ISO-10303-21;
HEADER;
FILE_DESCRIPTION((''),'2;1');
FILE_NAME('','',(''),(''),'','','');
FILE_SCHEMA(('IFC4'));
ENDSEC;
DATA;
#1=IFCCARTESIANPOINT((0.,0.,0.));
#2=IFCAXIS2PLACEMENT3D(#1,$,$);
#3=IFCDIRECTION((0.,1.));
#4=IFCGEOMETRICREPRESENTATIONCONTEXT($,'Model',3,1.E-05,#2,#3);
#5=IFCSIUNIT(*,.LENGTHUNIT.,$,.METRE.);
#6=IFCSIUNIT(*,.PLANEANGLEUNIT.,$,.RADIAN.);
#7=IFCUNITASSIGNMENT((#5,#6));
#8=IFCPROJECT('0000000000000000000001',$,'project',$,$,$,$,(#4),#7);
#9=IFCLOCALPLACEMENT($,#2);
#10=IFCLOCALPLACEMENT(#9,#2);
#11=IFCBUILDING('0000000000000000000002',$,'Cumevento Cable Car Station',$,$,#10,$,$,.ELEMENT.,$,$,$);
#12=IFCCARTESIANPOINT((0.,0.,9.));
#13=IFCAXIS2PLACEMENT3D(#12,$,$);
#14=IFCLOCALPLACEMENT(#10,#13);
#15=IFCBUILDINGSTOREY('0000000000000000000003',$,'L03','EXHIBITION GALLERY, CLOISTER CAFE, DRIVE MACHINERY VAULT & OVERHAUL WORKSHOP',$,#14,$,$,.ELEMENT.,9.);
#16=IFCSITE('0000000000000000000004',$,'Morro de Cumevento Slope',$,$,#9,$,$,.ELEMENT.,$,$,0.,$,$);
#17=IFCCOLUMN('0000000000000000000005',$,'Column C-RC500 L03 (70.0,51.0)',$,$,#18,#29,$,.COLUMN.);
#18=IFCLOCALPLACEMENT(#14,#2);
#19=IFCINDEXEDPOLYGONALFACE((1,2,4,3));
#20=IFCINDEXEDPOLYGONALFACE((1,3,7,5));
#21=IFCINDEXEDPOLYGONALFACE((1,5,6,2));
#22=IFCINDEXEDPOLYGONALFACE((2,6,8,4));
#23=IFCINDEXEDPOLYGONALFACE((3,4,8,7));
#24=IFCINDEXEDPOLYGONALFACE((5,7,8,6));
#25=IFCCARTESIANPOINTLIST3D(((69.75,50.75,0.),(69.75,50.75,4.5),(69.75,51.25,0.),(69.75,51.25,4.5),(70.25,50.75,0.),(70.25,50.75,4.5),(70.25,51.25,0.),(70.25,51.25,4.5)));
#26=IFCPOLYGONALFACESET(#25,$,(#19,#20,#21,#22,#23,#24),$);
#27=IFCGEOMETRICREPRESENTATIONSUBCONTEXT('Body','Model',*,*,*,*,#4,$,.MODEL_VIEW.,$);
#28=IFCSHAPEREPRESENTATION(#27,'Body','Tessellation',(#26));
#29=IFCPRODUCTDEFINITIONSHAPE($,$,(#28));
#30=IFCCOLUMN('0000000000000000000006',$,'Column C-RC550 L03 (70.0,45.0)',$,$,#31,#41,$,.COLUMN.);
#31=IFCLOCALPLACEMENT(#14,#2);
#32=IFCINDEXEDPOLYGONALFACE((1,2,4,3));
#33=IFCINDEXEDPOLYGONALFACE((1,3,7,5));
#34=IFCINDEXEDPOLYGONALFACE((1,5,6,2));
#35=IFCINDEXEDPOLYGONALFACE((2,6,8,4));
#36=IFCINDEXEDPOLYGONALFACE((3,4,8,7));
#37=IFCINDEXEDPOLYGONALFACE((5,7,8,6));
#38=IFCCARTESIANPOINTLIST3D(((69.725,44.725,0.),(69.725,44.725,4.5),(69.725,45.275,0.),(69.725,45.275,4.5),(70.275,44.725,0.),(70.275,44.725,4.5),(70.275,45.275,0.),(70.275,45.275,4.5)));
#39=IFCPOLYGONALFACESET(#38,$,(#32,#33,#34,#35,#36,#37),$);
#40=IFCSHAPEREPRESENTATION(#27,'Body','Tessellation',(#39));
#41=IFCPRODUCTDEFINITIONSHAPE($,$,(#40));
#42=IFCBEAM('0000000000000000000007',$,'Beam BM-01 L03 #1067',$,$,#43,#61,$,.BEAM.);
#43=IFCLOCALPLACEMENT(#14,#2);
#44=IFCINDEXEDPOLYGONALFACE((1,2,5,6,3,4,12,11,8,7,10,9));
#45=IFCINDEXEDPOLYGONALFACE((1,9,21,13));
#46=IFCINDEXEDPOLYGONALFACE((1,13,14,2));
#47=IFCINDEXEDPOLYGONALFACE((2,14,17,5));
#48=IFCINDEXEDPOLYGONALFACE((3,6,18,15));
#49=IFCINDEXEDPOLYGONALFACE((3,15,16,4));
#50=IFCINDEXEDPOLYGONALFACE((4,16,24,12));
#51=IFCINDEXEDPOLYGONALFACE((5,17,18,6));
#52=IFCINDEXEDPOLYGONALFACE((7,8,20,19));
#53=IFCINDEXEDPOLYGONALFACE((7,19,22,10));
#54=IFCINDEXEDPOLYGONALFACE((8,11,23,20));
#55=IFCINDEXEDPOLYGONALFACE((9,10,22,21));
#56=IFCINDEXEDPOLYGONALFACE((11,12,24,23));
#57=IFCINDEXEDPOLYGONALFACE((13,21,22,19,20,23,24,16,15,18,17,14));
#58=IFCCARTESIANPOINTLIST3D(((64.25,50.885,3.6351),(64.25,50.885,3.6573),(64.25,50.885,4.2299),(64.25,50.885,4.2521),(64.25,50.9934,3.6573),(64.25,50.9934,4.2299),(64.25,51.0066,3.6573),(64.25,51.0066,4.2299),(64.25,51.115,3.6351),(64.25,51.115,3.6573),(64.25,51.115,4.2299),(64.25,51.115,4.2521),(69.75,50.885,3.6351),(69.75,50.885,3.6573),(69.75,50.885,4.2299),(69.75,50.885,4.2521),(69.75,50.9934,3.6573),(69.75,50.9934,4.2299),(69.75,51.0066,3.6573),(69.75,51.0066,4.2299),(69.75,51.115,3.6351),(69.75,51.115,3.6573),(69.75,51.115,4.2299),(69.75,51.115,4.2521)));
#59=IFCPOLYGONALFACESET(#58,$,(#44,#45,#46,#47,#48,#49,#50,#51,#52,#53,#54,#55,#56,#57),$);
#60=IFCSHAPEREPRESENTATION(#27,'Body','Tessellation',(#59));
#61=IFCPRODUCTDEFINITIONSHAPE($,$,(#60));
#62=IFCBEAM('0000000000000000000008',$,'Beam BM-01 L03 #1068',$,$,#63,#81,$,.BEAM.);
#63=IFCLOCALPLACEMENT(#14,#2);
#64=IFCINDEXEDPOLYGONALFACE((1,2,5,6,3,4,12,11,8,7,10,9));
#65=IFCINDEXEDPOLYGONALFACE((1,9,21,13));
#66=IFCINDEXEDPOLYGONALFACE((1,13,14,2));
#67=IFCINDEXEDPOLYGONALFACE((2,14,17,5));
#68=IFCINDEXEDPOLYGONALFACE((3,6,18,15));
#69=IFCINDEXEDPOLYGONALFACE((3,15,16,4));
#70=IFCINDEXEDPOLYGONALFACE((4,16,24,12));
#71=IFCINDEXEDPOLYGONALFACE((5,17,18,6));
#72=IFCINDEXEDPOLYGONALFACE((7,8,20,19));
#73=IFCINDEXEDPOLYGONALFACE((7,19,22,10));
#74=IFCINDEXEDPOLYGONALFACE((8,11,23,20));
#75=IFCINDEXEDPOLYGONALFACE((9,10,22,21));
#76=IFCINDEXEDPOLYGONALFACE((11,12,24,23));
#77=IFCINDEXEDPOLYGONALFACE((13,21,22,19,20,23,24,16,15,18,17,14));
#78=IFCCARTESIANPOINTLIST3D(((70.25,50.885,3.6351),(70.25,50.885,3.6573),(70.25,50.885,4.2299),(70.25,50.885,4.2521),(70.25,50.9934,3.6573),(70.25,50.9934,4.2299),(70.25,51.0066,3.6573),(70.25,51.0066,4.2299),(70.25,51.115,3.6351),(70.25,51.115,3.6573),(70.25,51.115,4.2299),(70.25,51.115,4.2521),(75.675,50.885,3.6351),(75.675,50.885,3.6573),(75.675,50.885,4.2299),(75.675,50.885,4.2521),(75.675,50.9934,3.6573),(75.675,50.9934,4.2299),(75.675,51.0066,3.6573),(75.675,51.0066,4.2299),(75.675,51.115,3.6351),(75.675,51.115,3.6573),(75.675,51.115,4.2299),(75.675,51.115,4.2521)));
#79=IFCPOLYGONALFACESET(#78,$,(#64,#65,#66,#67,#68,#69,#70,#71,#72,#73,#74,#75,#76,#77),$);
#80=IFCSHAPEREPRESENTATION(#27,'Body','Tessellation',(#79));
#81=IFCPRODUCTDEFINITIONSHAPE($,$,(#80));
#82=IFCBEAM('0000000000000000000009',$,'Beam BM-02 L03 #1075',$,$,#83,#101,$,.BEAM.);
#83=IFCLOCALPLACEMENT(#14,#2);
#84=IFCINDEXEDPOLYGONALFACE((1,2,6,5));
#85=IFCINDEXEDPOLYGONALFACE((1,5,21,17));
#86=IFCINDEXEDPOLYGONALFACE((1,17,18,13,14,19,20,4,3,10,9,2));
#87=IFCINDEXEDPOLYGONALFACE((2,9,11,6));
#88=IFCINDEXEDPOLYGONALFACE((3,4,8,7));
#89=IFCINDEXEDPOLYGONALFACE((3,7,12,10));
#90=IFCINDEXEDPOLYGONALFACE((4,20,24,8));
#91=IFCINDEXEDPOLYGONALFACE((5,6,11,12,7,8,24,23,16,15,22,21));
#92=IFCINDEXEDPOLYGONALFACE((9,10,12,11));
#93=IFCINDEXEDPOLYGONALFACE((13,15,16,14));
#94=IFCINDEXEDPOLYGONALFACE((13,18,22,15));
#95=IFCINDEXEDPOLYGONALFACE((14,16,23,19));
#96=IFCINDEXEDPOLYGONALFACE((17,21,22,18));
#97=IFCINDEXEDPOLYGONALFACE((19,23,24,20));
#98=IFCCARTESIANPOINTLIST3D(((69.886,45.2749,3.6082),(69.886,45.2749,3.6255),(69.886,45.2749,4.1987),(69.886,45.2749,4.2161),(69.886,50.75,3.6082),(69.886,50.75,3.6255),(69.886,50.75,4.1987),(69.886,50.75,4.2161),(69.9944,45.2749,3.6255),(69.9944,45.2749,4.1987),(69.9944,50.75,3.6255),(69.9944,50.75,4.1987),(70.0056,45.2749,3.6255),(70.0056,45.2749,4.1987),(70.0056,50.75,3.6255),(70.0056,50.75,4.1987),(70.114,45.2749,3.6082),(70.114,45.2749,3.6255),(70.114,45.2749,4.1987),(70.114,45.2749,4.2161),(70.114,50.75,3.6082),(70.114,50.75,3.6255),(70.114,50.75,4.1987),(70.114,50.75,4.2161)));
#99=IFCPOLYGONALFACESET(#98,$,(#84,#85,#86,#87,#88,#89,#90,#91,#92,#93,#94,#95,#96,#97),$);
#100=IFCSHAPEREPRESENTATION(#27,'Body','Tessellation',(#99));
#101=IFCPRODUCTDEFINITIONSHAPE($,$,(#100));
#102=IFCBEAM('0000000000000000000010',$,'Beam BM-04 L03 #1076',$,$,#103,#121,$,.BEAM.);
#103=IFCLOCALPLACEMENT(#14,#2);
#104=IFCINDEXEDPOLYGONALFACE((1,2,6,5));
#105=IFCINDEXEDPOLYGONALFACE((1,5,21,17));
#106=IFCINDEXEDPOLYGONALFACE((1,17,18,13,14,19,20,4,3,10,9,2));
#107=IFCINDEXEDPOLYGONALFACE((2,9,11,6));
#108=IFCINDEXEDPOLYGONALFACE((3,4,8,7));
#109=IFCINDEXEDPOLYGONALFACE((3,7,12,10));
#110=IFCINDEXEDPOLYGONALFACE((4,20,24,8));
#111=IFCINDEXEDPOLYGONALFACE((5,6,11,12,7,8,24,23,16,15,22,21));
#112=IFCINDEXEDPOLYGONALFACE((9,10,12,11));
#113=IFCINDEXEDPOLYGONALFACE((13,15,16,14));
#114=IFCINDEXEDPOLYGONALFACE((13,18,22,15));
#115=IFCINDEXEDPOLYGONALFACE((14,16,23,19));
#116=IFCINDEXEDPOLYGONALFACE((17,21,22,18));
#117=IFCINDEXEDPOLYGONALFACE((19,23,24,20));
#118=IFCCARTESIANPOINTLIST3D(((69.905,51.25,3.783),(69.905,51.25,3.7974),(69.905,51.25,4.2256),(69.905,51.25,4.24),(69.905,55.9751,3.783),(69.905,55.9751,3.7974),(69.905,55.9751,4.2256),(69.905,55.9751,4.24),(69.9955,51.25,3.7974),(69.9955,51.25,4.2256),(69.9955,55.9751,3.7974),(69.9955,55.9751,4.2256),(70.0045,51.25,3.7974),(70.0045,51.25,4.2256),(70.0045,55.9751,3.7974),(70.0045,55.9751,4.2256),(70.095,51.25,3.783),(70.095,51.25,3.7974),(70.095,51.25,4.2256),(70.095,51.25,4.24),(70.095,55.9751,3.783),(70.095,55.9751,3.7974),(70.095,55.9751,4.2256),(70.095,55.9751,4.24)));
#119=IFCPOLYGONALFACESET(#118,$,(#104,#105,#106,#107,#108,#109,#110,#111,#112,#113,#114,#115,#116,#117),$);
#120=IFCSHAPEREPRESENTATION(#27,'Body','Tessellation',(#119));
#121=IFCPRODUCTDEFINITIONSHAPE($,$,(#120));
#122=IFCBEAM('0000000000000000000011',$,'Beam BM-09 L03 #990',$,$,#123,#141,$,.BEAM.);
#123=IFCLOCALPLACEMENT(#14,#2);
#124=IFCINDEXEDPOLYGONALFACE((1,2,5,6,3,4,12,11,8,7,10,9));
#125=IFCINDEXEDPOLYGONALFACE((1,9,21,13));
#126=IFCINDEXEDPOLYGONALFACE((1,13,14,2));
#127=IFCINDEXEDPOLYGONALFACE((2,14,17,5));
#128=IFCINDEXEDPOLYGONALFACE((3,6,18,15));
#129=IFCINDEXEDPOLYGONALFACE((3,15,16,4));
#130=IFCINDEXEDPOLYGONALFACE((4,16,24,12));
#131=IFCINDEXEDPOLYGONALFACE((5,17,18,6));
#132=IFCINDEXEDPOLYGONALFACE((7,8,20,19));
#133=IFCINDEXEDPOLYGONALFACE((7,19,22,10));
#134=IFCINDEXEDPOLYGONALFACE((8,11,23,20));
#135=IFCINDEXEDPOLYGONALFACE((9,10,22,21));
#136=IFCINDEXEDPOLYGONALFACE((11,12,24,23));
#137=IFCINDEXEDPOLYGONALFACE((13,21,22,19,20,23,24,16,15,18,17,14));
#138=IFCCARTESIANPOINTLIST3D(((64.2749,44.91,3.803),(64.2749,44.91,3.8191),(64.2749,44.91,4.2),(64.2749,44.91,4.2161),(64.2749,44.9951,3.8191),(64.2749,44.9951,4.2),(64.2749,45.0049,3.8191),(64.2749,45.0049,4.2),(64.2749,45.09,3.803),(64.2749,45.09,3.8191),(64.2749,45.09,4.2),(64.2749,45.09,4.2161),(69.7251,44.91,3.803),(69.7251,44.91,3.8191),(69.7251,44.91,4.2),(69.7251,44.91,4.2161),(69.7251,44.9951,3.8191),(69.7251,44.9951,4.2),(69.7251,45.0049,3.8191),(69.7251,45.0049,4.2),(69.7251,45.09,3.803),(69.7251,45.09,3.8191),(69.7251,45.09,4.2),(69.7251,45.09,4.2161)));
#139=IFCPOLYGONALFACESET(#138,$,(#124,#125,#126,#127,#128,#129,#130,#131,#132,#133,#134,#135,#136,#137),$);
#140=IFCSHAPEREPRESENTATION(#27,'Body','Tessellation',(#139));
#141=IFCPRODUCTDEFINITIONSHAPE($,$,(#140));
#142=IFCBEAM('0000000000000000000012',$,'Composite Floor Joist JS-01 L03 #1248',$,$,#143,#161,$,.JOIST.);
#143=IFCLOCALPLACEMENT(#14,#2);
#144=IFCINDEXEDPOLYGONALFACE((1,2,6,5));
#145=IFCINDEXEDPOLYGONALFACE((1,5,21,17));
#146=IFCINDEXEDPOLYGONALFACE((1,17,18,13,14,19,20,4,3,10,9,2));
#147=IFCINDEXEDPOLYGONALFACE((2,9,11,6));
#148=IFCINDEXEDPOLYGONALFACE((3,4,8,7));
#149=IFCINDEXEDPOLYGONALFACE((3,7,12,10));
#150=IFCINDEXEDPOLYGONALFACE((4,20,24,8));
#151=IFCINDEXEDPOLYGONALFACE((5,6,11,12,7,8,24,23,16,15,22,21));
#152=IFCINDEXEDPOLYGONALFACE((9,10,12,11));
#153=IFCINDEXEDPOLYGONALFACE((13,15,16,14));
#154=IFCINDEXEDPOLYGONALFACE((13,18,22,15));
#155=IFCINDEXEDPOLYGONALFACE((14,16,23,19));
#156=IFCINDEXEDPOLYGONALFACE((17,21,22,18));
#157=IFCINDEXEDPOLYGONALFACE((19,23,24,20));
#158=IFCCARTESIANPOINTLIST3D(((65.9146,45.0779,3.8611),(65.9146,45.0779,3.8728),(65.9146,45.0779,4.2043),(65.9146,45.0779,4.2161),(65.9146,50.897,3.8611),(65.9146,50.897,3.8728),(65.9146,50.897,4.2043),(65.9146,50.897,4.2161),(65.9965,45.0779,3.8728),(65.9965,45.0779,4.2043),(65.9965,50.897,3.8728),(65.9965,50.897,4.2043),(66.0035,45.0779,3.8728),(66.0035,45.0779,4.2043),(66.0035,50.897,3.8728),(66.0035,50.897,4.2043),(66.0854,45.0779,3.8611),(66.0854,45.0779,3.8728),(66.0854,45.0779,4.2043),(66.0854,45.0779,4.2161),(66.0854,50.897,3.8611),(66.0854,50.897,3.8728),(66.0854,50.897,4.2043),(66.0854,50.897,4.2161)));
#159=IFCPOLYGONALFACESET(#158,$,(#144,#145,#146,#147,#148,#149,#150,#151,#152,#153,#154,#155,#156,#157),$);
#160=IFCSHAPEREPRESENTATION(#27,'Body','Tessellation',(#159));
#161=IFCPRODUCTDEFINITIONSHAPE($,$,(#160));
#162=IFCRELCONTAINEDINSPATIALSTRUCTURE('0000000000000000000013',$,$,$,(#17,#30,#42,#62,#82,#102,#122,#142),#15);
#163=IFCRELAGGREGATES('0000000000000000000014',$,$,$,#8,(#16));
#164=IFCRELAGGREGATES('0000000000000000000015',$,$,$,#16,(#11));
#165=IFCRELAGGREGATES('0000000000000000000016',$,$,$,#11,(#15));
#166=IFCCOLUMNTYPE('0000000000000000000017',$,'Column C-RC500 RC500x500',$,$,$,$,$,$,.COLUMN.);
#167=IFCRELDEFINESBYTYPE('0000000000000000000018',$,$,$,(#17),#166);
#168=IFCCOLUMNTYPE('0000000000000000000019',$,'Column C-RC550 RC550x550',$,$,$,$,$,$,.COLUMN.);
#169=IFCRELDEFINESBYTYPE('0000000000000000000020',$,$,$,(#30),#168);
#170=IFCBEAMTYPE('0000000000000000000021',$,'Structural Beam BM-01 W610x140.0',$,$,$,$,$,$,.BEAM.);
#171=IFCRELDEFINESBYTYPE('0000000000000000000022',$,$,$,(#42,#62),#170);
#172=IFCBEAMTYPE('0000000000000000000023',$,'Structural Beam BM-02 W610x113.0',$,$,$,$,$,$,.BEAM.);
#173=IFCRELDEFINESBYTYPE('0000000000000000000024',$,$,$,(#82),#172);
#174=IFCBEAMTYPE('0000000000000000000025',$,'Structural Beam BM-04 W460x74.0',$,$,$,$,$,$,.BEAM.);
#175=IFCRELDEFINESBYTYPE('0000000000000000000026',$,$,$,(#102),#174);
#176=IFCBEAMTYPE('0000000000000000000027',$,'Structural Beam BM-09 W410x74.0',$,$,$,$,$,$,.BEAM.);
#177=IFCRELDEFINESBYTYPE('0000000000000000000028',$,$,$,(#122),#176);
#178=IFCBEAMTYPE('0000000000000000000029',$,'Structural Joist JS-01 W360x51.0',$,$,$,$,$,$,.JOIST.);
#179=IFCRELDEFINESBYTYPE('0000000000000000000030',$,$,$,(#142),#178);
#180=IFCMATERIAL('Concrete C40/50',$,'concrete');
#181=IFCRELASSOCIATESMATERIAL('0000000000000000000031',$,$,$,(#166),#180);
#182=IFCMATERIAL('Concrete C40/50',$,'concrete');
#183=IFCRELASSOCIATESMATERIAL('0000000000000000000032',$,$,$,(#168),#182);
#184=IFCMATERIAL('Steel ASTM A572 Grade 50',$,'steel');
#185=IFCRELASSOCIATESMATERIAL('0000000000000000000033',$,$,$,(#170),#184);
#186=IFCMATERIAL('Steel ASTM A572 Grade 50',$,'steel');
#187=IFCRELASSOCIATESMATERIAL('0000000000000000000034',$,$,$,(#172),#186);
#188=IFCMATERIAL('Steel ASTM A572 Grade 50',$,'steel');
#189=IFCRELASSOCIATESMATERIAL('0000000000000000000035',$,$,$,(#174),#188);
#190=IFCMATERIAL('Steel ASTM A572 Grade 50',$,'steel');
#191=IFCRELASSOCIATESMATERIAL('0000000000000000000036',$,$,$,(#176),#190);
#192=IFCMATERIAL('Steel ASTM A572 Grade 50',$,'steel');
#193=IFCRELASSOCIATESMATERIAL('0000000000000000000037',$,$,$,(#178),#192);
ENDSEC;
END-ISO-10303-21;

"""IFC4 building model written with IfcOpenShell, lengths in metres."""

from ifc_helpers import new_model, si_unit, direction, frame, origin, origin_2d, place, context, subcontext, project, spatial, rectangle, i_section, extrude, material, material_profile, profile_set, type_object, element, save


model = new_model("IFC4")

# Units and contexts
model_context = context("Model", 3, precision=1e-05, world=origin(), true_north=direction((0.0, 1.0)))
body_context = subcontext(model_context, "Body", "Model", "MODEL_VIEW")
ifc_project = project(units=[si_unit("LENGTHUNIT", "METRE"), si_unit("PLANEANGLEUNIT", "RADIAN")], contexts=[model_context])

# Site, building, storey
site_placement = place(None, origin())
site = spatial("IfcSite", under=ifc_project, at=site_placement, Name="Morro de Cumevento Slope", CompositionType="ELEMENT", RefElevation=0.0)
building_placement = place(site_placement, origin())
building = spatial("IfcBuilding", under=site, at=building_placement, Name="Cumevento Cable Car Station", CompositionType="ELEMENT")
storey_placement = place(building_placement, frame((0.0, 0.0, 9.0)))
storey = spatial("IfcBuildingStorey", under=building, at=storey_placement, Name="L03", Description="EXHIBITION GALLERY, CLOISTER CAFE, DRIVE MACHINERY VAULT & OVERHAUL WORKSHOP", CompositionType="ELEMENT", Elevation=9.0)

# Columns
ifc_material_1 = material(Name="Concrete C40/50", Category="concrete")
ifc_material_profile_1 = material_profile(ifc_material_1, rectangle(XDim=0.5, YDim=0.5, at=origin_2d()), Name="RC500x500")
ifc_profile_set_1 = profile_set([ifc_material_profile_1], Name="Concrete C40/50")
column_type_1 = type_object("IfcColumnType", Name="Column C-RC500 RC500x500", PredefinedType="COLUMN", material=ifc_profile_set_1)
column_1_placement = place(storey_placement, frame((70.0, 51.0, 0.0), z_axis=(0.0, 0.0, 1.0), x_axis=(1.0, 0.0, 0.0)))
element("IfcColumn", 1, at=column_1_placement, inside=storey, type_object=column_type_1, Name="Column C-RC500 L03 (70.0,51.0)", PredefinedType="COLUMN", context=body_context, shape_type="SweptSolid", body=[
    extrude(rectangle(XDim=0.5, YDim=0.5, at=origin_2d()), origin(), (0.0, 0.0, 1.0), 4.5),
])
ifc_material_2 = material(Name="Concrete C40/50", Category="concrete")
ifc_material_profile_2 = material_profile(ifc_material_2, rectangle(XDim=0.55, YDim=0.55, at=origin_2d()), Name="RC550x550")
ifc_profile_set_2 = profile_set([ifc_material_profile_2], Name="Concrete C40/50")
column_type_2 = type_object("IfcColumnType", Name="Column C-RC550 RC550x550", PredefinedType="COLUMN", material=ifc_profile_set_2)
column_2_placement = place(storey_placement, frame((70.0, 45.0, 0.0), z_axis=(0.0, 0.0, 1.0), x_axis=(1.0, 0.0, 0.0)))
element("IfcColumn", 2, at=column_2_placement, inside=storey, type_object=column_type_2, Name="Column C-RC550 L03 (70.0,45.0)", PredefinedType="COLUMN", context=body_context, shape_type="SweptSolid", body=[
    extrude(rectangle(XDim=0.55, YDim=0.55, at=origin_2d()), origin(), (0.0, 0.0, 1.0), 4.5),
])

# Beams
ifc_material_3 = material(Name="Steel ASTM A572 Grade 50", Category="steel")
ifc_material_profile_3 = material_profile(ifc_material_3, i_section(OverallWidth=0.23, OverallDepth=0.6169, WebThickness=0.0132, FlangeThickness=0.0222, at=origin_2d()), Name="W610x140.0")
ifc_profile_set_3 = profile_set([ifc_material_profile_3], Name="Steel ASTM A572 Grade 50")
beam_type_1 = type_object("IfcBeamType", Name="Structural Beam BM-01 W610x140.0", PredefinedType="BEAM", material=ifc_profile_set_3)
beam_1_placement = place(storey_placement, frame((64.25, 51.0, 3.9436), z_axis=(1.0, 0.0, 0.0), x_axis=(0.0, 1.0, 0.0)))
element("IfcBeam", 3, at=beam_1_placement, inside=storey, type_object=beam_type_1, Name="Beam BM-01 L03 #1067", PredefinedType="BEAM", context=body_context, shape_type="SweptSolid", body=[
    extrude(i_section(OverallWidth=0.23, OverallDepth=0.6169, WebThickness=0.0132, FlangeThickness=0.0222, at=origin_2d()), origin(), (0.0, 0.0, 1.0), 5.5),
])
beam_2_placement = place(storey_placement, frame((70.25, 51.0, 3.9436), z_axis=(1.0, 0.0, 0.0), x_axis=(0.0, 1.0, 0.0)))
element("IfcBeam", 4, at=beam_2_placement, inside=storey, type_object=beam_type_1, Name="Beam BM-01 L03 #1068", PredefinedType="BEAM", context=body_context, shape_type="SweptSolid", body=[
    extrude(i_section(OverallWidth=0.23, OverallDepth=0.6169, WebThickness=0.0132, FlangeThickness=0.0222, at=origin_2d()), origin(), (0.0, 0.0, 1.0), 5.425),
])
ifc_material_4 = material(Name="Steel ASTM A572 Grade 50", Category="steel")
ifc_material_profile_4 = material_profile(ifc_material_4, i_section(OverallWidth=0.228, OverallDepth=0.6079, WebThickness=0.0112, FlangeThickness=0.0173, at=origin_2d()), Name="W610x113.0")
ifc_profile_set_4 = profile_set([ifc_material_profile_4], Name="Steel ASTM A572 Grade 50")
beam_type_2 = type_object("IfcBeamType", Name="Structural Beam BM-02 W610x113.0", PredefinedType="BEAM", material=ifc_profile_set_4)
beam_3_placement = place(storey_placement, frame((70.0, 45.2749, 3.9121), z_axis=(0.0, 1.0, 0.0), x_axis=(-1.0, 0.0, 0.0)))
element("IfcBeam", 5, at=beam_3_placement, inside=storey, type_object=beam_type_2, Name="Beam BM-02 L03 #1075", PredefinedType="BEAM", context=body_context, shape_type="SweptSolid", body=[
    extrude(i_section(OverallWidth=0.228, OverallDepth=0.6079, WebThickness=0.0112, FlangeThickness=0.0173, at=origin_2d()), origin(), (0.0, 0.0, 1.0), 5.4751),
])
ifc_material_5 = material(Name="Steel ASTM A572 Grade 50", Category="steel")
ifc_material_profile_5 = material_profile(ifc_material_5, i_section(OverallWidth=0.1899, OverallDepth=0.457, WebThickness=0.009, FlangeThickness=0.0144, at=origin_2d()), Name="W460x74.0")
ifc_profile_set_5 = profile_set([ifc_material_profile_5], Name="Steel ASTM A572 Grade 50")
beam_type_3 = type_object("IfcBeamType", Name="Structural Beam BM-04 W460x74.0", PredefinedType="BEAM", material=ifc_profile_set_5)
beam_4_placement = place(storey_placement, frame((70.0, 51.25, 4.0115), z_axis=(0.0, 1.0, 0.0), x_axis=(-1.0, 0.0, 0.0)))
element("IfcBeam", 6, at=beam_4_placement, inside=storey, type_object=beam_type_3, Name="Beam BM-04 L03 #1076", PredefinedType="BEAM", context=body_context, shape_type="SweptSolid", body=[
    extrude(i_section(OverallWidth=0.1899, OverallDepth=0.457, WebThickness=0.009, FlangeThickness=0.0144, at=origin_2d()), origin(), (0.0, 0.0, 1.0), 4.7251),
])
ifc_material_6 = material(Name="Steel ASTM A572 Grade 50", Category="steel")
ifc_material_profile_6 = material_profile(ifc_material_6, i_section(OverallWidth=0.1799, OverallDepth=0.4131, WebThickness=0.0098, FlangeThickness=0.0161, at=origin_2d()), Name="W410x74.0")
ifc_profile_set_6 = profile_set([ifc_material_profile_6], Name="Steel ASTM A572 Grade 50")
beam_type_4 = type_object("IfcBeamType", Name="Structural Beam BM-09 W410x74.0", PredefinedType="BEAM", material=ifc_profile_set_6)
beam_5_placement = place(storey_placement, frame((64.2749, 45.0, 4.0095), z_axis=(1.0, 0.0, 0.0), x_axis=(0.0, 1.0, 0.0)))
element("IfcBeam", 7, at=beam_5_placement, inside=storey, type_object=beam_type_4, Name="Beam BM-09 L03 #990", PredefinedType="BEAM", context=body_context, shape_type="SweptSolid", body=[
    extrude(i_section(OverallWidth=0.1799, OverallDepth=0.4131, WebThickness=0.0098, FlangeThickness=0.0161, at=origin_2d()), origin(), (0.0, 0.0, 1.0), 5.4502),
])
ifc_material_7 = material(Name="Steel ASTM A572 Grade 50", Category="steel")
ifc_material_profile_7 = material_profile(ifc_material_7, i_section(OverallWidth=0.1709, OverallDepth=0.355, WebThickness=0.0071, FlangeThickness=0.0117, at=origin_2d()), Name="W360x51.0")
ifc_profile_set_7 = profile_set([ifc_material_profile_7], Name="Steel ASTM A572 Grade 50")
beam_type_5 = type_object("IfcBeamType", Name="Structural Joist JS-01 W360x51.0", PredefinedType="JOIST", material=ifc_profile_set_7)
for number, where, z_axis, x_axis, name in (
    (8, (66.0, 45.0779, 4.0386), (0.0, 1.0, 0.0), (-1.0, 0.0, 0.0), "Composite Floor Joist JS-01 L03 #1248"),
):
    element("IfcBeam", number, at=place(storey_placement, frame(where, z_axis=z_axis, x_axis=x_axis)), inside=storey, type_object=beam_type_5, Name=name, PredefinedType="JOIST", context=body_context, shape_type="SweptSolid", body=[
        extrude(i_section(OverallWidth=0.1709, OverallDepth=0.355, WebThickness=0.0071, FlangeThickness=0.0117, at=origin_2d()), origin(), (0.0, 0.0, 1.0), 5.8191),
    ])

save(model, "model.ifc")
